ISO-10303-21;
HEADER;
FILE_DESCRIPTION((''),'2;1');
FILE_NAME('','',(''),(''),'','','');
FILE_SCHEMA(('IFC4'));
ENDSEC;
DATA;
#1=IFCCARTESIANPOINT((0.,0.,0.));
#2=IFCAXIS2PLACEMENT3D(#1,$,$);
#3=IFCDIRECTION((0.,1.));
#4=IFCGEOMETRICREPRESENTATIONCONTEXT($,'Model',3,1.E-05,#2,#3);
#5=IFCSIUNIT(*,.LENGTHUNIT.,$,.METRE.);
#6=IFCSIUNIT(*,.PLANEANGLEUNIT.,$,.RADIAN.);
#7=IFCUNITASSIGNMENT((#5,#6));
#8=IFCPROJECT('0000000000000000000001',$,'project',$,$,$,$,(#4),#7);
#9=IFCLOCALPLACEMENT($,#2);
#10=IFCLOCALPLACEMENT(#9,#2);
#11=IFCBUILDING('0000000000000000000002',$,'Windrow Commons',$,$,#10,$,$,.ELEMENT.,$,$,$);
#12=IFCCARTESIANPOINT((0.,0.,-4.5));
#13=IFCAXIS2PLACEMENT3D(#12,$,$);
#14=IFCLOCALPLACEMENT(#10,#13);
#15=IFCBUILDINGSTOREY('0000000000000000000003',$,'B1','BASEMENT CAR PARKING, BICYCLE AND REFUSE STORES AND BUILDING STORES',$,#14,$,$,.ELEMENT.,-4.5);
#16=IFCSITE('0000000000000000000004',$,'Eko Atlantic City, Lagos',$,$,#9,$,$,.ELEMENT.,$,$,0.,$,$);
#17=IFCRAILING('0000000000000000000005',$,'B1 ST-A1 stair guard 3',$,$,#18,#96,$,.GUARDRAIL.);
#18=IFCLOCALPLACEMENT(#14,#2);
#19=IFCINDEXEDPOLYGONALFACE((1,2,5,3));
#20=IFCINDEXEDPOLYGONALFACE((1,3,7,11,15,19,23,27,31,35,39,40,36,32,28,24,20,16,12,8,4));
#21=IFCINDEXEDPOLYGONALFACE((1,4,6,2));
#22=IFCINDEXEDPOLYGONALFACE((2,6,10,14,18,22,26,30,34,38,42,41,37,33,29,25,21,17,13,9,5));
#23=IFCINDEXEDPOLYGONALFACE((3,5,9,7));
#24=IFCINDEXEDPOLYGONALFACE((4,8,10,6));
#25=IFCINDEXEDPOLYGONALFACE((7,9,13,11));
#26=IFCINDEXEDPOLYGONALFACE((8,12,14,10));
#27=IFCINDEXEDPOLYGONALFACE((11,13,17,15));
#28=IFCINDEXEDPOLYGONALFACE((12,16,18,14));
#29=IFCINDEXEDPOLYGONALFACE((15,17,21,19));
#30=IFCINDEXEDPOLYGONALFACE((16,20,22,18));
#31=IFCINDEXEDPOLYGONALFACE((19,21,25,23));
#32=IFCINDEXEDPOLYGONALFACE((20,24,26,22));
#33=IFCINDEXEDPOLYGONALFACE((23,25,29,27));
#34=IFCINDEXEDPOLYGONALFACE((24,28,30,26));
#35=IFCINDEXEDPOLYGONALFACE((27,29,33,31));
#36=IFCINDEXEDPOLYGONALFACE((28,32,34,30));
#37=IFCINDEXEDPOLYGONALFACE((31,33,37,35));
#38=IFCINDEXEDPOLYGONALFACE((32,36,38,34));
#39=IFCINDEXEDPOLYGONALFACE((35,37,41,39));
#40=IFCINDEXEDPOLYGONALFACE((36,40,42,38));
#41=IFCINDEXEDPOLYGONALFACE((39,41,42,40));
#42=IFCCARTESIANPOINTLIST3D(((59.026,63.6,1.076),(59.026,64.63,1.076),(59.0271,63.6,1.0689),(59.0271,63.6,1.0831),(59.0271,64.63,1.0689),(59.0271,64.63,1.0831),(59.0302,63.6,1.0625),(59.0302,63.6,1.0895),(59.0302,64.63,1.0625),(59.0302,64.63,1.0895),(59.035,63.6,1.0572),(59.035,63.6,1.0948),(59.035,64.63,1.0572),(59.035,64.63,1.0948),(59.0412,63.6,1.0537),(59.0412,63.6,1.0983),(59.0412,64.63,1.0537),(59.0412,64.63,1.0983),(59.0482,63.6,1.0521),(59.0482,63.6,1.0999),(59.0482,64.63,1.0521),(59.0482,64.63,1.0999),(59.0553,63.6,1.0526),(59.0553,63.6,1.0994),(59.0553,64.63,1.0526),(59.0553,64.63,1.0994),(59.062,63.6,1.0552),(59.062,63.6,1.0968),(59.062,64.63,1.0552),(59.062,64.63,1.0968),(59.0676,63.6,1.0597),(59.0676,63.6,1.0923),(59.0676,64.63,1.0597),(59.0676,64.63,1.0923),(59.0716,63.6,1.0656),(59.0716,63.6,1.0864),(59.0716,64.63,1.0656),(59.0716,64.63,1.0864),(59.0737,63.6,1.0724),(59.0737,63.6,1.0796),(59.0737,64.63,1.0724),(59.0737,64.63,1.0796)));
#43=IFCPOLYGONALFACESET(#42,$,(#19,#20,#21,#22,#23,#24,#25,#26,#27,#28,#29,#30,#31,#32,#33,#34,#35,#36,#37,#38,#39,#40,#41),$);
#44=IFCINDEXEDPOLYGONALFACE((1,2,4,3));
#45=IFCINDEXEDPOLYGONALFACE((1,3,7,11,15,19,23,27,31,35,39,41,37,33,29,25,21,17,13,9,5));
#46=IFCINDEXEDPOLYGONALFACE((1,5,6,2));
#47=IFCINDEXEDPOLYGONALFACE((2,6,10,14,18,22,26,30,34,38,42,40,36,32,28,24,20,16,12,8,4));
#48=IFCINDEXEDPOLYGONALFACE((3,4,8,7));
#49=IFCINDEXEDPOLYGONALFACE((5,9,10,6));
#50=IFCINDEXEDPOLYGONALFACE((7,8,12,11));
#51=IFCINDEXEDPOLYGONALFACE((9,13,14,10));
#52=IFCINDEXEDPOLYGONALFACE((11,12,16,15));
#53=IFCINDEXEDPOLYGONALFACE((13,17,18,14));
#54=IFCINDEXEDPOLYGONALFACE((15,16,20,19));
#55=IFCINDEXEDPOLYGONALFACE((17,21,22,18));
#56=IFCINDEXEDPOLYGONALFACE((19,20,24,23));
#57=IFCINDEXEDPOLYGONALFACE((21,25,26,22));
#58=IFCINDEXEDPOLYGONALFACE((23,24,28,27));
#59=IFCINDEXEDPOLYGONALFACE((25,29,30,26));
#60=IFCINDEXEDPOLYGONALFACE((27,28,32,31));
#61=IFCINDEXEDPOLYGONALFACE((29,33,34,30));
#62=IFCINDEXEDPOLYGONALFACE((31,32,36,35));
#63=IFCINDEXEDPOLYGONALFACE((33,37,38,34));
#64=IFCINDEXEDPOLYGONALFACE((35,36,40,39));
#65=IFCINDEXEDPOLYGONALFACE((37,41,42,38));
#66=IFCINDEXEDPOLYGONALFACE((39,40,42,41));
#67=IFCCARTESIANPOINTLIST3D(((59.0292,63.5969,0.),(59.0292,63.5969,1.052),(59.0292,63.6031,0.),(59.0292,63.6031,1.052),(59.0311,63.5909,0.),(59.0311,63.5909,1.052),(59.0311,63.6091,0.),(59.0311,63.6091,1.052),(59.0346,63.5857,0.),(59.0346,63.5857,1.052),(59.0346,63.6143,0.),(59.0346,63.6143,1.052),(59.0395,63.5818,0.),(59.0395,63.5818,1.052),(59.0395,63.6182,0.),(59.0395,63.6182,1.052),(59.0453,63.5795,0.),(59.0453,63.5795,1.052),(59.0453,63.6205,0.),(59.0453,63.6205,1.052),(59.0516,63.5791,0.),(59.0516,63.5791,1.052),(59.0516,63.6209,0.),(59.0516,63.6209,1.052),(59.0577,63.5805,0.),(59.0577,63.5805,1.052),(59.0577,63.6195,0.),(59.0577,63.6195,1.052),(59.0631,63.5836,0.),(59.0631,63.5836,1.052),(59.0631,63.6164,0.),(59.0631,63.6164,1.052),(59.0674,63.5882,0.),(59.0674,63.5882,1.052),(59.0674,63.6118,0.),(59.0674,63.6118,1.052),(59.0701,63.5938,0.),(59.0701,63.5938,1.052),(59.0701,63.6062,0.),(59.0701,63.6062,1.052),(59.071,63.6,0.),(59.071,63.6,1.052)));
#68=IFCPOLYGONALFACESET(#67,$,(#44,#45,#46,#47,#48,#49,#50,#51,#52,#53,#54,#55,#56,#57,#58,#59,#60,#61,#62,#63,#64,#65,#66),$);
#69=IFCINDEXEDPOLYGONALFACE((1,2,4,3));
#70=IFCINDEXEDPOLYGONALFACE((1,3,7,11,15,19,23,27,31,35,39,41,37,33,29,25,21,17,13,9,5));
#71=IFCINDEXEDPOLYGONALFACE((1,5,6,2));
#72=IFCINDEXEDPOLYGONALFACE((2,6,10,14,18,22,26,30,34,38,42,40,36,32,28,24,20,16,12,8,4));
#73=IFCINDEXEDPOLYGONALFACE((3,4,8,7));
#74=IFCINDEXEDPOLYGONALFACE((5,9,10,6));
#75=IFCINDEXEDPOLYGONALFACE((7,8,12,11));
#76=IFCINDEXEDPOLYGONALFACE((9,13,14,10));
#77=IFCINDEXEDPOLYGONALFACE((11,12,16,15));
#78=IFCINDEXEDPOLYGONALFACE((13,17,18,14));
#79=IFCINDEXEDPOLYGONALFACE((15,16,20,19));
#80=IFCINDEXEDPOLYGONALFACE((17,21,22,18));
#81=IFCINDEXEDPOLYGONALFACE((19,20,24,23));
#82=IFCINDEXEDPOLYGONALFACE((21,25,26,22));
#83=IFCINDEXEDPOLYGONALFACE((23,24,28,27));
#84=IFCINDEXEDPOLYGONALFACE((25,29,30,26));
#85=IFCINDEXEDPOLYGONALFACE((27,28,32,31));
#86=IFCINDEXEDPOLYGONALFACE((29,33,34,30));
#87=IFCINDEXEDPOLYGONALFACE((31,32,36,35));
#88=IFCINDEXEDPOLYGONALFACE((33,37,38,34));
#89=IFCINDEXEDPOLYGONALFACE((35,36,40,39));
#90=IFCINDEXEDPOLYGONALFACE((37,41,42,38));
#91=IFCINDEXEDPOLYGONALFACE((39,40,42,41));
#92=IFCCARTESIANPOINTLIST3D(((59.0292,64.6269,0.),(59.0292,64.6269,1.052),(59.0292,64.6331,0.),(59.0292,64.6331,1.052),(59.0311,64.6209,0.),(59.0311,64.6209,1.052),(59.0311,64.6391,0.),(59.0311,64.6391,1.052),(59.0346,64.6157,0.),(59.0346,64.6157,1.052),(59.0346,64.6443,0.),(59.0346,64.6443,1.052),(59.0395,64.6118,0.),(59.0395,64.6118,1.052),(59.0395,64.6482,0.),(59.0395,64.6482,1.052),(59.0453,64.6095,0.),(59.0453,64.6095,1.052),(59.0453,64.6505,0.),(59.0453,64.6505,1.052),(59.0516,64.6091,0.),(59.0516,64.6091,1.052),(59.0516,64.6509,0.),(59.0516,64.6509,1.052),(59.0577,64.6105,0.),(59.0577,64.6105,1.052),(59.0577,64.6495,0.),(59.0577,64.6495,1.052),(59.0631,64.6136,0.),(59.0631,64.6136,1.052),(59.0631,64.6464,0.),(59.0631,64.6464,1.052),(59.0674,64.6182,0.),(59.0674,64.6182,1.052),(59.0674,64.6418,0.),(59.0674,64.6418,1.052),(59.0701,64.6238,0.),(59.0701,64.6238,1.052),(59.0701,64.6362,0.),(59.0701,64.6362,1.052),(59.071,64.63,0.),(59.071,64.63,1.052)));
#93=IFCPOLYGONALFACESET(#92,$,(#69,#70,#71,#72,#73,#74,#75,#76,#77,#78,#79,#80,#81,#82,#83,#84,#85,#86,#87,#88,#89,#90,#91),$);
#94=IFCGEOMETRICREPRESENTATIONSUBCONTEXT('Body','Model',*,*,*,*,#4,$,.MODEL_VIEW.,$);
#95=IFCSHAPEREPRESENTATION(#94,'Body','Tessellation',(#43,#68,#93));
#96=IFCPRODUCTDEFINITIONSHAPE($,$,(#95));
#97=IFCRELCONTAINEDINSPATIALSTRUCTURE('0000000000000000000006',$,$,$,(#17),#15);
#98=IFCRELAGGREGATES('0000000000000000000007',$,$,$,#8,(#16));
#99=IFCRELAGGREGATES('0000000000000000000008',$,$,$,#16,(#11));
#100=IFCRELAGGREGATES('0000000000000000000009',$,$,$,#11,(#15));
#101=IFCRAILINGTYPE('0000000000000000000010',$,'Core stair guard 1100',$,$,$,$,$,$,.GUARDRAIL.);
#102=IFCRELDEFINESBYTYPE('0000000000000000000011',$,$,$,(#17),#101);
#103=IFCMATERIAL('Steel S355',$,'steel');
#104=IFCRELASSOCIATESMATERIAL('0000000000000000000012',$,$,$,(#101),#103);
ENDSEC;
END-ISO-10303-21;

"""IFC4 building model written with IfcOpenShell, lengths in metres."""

from ifc_helpers import new_model, si_unit, direction, frame, origin, origin_2d, place, context, subcontext, project, spatial, circle, extrude, material, type_object, element, save


model = new_model("IFC4")

# Units and contexts
model_context = context("Model", 3, precision=1e-05, world=origin(), true_north=direction((0.0, 1.0)))
body_context = subcontext(model_context, "Body", "Model", "MODEL_VIEW")
ifc_project = project(units=[si_unit("LENGTHUNIT", "METRE"), si_unit("PLANEANGLEUNIT", "RADIAN")], contexts=[model_context])

# Site, building, storey
site_placement = place(None, origin())
site = spatial("IfcSite", under=ifc_project, at=site_placement, Name="Eko Atlantic City, Lagos", CompositionType="ELEMENT", RefElevation=0.0)
building_placement = place(site_placement, origin())
building = spatial("IfcBuilding", under=site, at=building_placement, Name="Windrow Commons", CompositionType="ELEMENT")
storey_placement = place(building_placement, frame((0.0, 0.0, -4.5)))
storey = spatial("IfcBuildingStorey", under=building, at=storey_placement, Name="B1", Description="BASEMENT CAR PARKING, BICYCLE AND REFUSE STORES AND BUILDING STORES", CompositionType="ELEMENT", Elevation=-4.5)

# Railing
ifc_material_1 = material(Name="Steel S355", Category="steel")
railing_type_1 = type_object("IfcRailingType", Name="Core stair guard 1100", PredefinedType="GUARDRAIL", material=ifc_material_1)
railing_1_placement = place(storey_placement, frame((59.05, 63.6, 0.0)))
element("IfcRailing", 1, at=railing_1_placement, inside=storey, type_object=railing_type_1, Name="B1 ST-A1 stair guard 3", PredefinedType="GUARDRAIL", context=body_context, shape_type="SweptSolid", body=[
    extrude(circle(Radius=0.024, at=origin_2d()), frame((0.0, 0.0, 1.076), z_axis=(0.0, 1.0, 0.0), x_axis=(-1.0, 0.0, 0.0)), (0.0, 0.0, 1.0), 1.03),
    extrude(circle(Radius=0.021, at=origin_2d()), origin(), (0.0, 0.0, 1.0), 1.052),
    extrude(circle(Radius=0.021, at=origin_2d()), frame((0.0, 1.03, 0.0)), (0.0, 0.0, 1.0), 1.052),
])

save(model, "model.ifc")
